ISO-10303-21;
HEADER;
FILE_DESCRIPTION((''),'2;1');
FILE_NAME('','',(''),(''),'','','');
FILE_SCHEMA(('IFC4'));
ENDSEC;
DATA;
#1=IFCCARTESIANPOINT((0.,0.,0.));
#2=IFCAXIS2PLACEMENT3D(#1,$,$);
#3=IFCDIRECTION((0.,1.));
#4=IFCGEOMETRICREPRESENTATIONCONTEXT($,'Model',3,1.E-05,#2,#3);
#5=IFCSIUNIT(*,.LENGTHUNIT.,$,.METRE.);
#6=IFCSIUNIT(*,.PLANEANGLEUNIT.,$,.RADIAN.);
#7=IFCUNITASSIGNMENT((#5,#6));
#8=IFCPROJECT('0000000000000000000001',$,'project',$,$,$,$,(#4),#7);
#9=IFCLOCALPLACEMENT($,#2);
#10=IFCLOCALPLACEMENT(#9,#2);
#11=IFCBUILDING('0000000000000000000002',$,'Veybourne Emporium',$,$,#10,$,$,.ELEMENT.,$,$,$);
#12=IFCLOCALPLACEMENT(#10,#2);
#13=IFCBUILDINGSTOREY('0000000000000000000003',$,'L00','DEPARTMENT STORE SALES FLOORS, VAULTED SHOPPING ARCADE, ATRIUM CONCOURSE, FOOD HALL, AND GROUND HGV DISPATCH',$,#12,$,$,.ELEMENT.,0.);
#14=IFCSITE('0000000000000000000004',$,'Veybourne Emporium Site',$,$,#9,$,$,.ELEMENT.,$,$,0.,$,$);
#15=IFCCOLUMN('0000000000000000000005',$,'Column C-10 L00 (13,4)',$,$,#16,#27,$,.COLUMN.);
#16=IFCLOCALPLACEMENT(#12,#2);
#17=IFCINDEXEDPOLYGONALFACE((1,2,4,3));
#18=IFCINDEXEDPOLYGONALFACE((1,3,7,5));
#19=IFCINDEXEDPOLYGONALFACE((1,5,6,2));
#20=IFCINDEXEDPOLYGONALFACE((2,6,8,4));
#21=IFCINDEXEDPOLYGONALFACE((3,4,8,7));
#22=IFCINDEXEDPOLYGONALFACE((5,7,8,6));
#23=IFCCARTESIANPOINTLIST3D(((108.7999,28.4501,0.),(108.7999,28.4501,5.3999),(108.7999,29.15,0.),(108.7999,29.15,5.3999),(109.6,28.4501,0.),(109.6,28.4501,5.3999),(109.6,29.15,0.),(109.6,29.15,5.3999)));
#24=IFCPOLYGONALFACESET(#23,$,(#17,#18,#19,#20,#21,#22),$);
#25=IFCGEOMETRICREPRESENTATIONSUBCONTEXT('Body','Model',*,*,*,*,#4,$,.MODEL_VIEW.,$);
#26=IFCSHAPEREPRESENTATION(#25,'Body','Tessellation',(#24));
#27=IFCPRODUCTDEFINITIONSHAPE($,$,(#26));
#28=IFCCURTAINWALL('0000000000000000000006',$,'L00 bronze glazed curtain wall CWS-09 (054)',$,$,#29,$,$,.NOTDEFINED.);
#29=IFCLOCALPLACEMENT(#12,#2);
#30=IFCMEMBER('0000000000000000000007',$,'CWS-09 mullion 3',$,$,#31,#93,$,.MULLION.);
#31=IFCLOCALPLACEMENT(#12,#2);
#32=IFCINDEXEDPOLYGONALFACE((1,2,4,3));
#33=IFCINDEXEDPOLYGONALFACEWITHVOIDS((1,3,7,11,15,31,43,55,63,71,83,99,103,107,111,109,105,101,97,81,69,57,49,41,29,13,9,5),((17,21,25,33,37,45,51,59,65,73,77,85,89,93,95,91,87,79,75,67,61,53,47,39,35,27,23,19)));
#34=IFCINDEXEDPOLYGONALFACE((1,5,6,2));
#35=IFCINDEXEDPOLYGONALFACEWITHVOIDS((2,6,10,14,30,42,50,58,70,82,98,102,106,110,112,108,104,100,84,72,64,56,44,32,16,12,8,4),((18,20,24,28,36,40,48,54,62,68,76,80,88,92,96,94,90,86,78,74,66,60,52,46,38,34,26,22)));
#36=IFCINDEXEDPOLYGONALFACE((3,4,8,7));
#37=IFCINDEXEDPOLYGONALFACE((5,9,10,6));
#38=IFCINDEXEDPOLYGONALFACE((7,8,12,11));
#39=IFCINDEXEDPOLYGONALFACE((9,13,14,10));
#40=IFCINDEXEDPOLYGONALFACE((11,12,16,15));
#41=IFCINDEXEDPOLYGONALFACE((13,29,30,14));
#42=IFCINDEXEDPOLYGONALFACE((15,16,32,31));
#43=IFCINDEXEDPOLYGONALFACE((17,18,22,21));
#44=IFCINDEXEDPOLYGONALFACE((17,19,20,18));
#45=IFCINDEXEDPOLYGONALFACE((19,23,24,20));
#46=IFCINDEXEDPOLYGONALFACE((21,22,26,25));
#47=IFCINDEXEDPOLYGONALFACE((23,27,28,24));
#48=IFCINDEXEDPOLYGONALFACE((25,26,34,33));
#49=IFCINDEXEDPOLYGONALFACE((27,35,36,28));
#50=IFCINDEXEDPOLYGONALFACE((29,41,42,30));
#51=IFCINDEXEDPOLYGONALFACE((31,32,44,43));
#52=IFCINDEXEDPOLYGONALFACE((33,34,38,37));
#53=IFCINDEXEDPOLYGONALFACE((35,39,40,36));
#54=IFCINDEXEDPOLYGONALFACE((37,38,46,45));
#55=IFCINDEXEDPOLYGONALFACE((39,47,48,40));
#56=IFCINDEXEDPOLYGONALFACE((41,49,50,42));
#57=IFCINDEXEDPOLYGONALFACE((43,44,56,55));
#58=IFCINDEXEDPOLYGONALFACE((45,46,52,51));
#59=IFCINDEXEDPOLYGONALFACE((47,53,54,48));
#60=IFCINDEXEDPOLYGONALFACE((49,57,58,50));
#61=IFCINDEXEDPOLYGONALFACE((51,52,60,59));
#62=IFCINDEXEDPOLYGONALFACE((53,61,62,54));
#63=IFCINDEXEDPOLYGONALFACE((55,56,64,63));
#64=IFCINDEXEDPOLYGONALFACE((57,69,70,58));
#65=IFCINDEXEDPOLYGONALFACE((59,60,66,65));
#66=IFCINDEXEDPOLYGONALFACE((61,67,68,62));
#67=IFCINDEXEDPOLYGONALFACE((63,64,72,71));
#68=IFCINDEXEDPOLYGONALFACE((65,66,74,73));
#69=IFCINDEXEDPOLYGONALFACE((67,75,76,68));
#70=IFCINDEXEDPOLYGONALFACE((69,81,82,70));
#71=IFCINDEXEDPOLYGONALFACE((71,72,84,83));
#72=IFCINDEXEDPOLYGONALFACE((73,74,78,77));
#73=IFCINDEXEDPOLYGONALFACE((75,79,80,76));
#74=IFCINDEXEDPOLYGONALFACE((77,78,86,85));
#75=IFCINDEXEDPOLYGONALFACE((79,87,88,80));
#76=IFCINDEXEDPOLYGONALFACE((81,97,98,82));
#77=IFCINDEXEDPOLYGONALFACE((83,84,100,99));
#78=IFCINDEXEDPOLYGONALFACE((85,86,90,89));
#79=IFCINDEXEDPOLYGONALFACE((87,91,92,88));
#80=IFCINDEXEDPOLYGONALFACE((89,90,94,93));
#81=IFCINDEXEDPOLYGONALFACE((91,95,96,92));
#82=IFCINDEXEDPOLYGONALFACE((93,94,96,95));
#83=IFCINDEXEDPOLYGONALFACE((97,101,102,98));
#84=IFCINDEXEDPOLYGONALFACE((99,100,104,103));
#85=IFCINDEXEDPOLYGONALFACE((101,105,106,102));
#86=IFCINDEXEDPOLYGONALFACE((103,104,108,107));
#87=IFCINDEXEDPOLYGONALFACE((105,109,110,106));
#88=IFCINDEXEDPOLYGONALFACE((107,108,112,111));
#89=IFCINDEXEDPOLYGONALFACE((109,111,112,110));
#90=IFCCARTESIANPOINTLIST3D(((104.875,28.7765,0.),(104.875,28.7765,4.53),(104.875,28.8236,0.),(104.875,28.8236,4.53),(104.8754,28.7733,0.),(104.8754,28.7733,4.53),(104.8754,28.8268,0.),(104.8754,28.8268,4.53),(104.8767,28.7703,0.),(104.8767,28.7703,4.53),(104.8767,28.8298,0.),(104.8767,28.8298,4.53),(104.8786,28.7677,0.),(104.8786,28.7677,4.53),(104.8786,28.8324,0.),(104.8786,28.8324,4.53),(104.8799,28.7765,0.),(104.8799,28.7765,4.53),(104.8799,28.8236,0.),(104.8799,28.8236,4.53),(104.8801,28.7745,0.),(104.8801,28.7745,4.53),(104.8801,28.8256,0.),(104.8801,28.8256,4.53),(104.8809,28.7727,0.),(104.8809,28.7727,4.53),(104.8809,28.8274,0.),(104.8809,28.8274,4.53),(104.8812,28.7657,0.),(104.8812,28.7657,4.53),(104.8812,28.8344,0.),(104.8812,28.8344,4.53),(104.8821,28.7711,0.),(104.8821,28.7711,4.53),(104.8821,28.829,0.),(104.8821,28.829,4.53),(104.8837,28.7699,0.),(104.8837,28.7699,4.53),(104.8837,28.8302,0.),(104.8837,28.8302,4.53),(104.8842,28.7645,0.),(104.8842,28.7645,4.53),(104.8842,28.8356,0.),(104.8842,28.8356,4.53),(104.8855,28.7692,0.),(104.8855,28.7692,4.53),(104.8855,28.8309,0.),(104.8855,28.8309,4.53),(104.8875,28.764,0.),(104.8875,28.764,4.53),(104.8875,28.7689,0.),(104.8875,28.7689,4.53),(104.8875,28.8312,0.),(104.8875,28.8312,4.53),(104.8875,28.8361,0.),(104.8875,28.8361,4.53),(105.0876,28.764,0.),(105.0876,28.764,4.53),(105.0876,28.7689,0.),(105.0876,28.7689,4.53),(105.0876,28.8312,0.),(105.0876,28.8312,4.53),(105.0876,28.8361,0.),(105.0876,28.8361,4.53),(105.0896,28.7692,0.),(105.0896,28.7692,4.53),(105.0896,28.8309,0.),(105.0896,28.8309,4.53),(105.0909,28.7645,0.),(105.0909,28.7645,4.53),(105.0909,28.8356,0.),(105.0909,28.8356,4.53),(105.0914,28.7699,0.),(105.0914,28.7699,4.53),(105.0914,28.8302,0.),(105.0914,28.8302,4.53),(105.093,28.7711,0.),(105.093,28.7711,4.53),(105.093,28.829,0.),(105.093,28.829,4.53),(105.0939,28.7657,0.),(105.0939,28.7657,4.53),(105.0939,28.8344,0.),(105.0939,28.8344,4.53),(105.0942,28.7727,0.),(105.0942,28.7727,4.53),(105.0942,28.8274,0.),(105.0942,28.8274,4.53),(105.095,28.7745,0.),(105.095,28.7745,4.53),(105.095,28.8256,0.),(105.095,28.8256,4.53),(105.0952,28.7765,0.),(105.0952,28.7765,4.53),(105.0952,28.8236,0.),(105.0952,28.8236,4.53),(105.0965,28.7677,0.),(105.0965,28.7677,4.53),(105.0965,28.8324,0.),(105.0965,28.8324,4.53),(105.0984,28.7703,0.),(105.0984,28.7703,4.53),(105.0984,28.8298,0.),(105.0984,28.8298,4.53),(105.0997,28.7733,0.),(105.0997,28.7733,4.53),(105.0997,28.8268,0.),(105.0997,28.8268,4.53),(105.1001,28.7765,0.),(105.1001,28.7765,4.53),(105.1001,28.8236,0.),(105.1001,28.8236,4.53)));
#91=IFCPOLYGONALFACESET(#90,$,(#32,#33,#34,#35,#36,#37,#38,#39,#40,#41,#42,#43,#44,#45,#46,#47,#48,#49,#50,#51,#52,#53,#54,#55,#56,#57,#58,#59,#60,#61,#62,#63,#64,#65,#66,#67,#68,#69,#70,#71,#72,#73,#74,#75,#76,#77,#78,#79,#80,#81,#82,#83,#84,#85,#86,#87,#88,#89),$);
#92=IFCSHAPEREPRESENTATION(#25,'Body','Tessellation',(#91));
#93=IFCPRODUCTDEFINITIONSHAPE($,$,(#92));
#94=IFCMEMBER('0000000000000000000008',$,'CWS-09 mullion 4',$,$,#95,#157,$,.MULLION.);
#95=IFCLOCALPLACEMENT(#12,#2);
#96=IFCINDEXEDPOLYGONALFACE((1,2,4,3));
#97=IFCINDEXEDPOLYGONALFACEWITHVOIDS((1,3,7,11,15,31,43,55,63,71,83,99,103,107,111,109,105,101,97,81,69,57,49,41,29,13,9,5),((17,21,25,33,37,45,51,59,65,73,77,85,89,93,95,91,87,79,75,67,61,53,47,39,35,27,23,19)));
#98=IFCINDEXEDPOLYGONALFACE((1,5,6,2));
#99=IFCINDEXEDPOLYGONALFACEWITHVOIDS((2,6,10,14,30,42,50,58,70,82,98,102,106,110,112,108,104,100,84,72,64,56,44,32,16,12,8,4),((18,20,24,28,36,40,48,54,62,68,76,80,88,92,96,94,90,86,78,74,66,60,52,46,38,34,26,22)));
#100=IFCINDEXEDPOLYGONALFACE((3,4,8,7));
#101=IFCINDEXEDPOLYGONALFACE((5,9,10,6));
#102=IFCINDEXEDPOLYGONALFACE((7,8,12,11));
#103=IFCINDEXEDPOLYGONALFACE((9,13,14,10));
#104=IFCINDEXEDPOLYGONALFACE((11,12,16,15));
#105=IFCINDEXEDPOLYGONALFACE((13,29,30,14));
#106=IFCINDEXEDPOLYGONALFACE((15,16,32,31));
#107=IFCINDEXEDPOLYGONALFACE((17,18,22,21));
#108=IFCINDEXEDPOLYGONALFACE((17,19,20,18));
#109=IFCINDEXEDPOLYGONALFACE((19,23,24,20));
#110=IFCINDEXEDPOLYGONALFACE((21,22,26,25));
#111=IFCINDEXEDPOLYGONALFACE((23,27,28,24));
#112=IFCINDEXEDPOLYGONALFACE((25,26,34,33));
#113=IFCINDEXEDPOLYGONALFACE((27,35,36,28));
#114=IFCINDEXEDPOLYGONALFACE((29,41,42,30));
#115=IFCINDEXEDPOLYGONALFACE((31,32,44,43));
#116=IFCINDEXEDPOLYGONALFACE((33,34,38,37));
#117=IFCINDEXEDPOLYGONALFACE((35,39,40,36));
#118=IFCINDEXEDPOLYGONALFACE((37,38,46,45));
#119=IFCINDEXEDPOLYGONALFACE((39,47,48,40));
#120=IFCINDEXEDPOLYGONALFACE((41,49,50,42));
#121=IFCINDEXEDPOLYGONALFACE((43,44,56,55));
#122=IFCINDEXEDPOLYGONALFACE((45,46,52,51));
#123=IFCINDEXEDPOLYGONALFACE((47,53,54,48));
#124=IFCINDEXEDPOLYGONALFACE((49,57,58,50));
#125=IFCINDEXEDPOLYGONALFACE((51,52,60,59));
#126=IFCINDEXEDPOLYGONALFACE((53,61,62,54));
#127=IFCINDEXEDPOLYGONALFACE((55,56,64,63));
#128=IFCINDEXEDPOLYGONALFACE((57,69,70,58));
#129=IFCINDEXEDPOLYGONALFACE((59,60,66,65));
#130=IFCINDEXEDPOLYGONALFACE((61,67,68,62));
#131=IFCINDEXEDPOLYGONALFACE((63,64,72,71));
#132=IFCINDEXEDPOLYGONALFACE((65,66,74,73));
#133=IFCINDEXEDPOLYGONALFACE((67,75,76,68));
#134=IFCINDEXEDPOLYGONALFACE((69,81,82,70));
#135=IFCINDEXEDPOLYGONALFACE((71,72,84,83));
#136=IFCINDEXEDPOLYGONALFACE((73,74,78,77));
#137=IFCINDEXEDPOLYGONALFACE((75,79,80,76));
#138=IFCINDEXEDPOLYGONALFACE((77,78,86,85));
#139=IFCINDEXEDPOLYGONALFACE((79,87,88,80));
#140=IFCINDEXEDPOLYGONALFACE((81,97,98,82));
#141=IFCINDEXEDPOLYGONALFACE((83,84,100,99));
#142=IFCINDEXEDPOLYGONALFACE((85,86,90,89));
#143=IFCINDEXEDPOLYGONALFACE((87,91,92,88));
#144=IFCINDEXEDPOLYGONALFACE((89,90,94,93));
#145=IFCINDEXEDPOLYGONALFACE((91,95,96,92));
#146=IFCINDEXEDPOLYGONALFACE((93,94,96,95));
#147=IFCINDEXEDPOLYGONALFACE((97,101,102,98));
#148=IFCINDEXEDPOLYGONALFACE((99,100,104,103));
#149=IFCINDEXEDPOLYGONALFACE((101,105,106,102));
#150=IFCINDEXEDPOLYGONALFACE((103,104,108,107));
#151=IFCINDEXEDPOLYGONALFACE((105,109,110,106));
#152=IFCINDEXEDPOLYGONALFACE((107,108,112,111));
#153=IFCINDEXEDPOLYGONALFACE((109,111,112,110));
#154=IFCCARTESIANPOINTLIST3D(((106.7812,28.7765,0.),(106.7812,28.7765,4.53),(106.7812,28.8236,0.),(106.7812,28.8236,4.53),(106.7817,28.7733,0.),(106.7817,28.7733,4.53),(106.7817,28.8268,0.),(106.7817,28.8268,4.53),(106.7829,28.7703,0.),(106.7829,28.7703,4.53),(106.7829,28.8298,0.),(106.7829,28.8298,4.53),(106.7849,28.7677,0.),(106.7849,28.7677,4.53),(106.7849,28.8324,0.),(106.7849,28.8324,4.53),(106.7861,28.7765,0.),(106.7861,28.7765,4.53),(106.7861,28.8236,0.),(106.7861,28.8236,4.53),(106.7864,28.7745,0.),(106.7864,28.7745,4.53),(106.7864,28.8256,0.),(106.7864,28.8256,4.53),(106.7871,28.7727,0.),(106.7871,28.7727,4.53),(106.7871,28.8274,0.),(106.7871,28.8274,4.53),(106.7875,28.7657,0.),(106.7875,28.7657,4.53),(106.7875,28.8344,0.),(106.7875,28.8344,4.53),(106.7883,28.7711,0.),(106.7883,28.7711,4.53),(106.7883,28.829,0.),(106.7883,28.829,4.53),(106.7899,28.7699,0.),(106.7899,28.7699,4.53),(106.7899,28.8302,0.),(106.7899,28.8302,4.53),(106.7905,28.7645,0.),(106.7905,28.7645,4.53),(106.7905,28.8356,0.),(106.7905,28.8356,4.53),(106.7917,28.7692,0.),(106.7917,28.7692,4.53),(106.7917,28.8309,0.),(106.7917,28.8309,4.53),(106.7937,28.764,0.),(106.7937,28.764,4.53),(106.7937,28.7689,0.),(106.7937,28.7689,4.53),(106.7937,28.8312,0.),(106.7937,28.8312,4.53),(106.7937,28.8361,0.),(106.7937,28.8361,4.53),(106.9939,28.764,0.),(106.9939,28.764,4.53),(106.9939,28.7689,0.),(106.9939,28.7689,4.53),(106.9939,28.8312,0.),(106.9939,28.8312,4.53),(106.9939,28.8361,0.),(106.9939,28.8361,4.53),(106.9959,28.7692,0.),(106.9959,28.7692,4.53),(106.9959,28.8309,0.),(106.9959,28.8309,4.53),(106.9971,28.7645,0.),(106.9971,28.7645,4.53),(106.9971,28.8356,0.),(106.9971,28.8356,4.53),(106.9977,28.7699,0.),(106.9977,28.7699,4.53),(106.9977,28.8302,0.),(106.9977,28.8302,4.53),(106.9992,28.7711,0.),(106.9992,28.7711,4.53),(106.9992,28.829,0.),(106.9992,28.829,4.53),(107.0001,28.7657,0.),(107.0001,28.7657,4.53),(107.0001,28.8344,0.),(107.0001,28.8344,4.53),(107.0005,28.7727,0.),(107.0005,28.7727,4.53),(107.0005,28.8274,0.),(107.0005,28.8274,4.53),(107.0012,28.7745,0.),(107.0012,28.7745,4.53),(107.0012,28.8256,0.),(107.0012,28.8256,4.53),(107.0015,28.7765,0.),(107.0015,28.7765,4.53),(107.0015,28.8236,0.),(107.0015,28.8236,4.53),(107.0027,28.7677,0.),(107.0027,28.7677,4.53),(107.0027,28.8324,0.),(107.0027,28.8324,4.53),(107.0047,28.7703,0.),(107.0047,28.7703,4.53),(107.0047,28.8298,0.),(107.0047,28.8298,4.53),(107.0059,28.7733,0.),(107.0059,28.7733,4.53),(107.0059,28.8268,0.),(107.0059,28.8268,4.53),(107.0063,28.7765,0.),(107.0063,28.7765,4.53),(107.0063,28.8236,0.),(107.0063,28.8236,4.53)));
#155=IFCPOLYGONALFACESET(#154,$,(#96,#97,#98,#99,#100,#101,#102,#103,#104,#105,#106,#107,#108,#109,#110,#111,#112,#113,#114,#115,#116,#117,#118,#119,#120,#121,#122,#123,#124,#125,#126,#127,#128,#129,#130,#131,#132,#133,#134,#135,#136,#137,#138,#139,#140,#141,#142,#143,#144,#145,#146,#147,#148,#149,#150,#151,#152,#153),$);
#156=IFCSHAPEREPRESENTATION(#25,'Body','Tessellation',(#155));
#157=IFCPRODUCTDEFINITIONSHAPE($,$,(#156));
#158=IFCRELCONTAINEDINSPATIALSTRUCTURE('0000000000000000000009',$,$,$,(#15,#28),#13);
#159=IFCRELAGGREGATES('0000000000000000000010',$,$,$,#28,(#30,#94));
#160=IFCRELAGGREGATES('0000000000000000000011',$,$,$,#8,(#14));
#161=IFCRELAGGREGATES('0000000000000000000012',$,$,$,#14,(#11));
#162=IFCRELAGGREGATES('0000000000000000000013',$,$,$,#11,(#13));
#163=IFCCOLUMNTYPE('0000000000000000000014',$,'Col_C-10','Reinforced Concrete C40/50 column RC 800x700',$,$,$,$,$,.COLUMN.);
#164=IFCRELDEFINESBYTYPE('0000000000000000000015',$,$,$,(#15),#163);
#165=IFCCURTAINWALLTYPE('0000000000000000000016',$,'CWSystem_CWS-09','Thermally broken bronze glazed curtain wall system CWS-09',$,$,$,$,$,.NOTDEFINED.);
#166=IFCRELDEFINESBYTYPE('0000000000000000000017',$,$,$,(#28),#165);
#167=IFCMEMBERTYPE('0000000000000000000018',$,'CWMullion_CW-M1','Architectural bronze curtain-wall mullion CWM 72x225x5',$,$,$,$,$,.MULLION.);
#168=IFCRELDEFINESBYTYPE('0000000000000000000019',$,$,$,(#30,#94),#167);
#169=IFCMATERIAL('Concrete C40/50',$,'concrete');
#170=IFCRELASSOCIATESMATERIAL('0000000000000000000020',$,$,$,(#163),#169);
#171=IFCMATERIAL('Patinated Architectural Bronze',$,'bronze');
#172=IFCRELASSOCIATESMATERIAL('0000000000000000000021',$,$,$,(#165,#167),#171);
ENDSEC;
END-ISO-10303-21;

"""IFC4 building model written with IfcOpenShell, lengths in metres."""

from ifc_helpers import new_model, si_unit, direction, frame, origin, origin_2d, place, context, subcontext, project, spatial, rectangle, hollow_rectangle, extrude, material, material_profile, profile_set, type_object, element, aggregate, save


model = new_model("IFC4")

# Units and contexts
model_context = context("Model", 3, precision=1e-05, world=origin(), true_north=direction((0.0, 1.0)))
body_context = subcontext(model_context, "Body", "Model", "MODEL_VIEW")
ifc_project = project(units=[si_unit("LENGTHUNIT", "METRE"), si_unit("PLANEANGLEUNIT", "RADIAN")], contexts=[model_context])

# Site, building, storey
site_placement = place(None, origin())
site = spatial("IfcSite", under=ifc_project, at=site_placement, Name="Veybourne Emporium Site", CompositionType="ELEMENT", RefElevation=0.0)
building_placement = place(site_placement, origin())
building = spatial("IfcBuilding", under=site, at=building_placement, Name="Veybourne Emporium", CompositionType="ELEMENT")
storey_placement = place(building_placement, origin())
storey = spatial("IfcBuildingStorey", under=building, at=storey_placement, Name="L00", Description="DEPARTMENT STORE SALES FLOORS, VAULTED SHOPPING ARCADE, ATRIUM CONCOURSE, FOOD HALL, AND GROUND HGV DISPATCH", CompositionType="ELEMENT", Elevation=0.0)

# Column
ifc_material_1 = material(Name="Concrete C40/50", Category="concrete")
ifc_material_profile_1 = material_profile(ifc_material_1, rectangle(XDim=0.8, YDim=0.7, at=origin_2d()), Name="RC 800x700")
ifc_profile_set_1 = profile_set([ifc_material_profile_1], Name="Concrete C40/50")
column_type = type_object("IfcColumnType", Name="Col_C-10", Description="Reinforced Concrete C40/50 column RC 800x700", PredefinedType="COLUMN", material=ifc_profile_set_1)
column_placement = place(storey_placement, frame((109.2, 28.8, 0.0), z_axis=(0.0, 0.0, 1.0), x_axis=(1.0, 0.0, 0.0)))
element("IfcColumn", 1, at=column_placement, inside=storey, type_object=column_type, Name="Column C-10 L00 (13,4)", PredefinedType="COLUMN", context=body_context, shape_type="SweptSolid", body=[
    extrude(rectangle(XDim=0.8, YDim=0.7, at=origin_2d()), origin(), (0.0, 0.0, 1.0), 5.3999),
])

# Curtain wall, members
ifc_material_2 = material(Name="Patinated Architectural Bronze", Category="bronze")
curtain_wall_type_1 = type_object("IfcCurtainWallType", Name="CWSystem_CWS-09", Description="Thermally broken bronze glazed curtain wall system CWS-09", PredefinedType="NOTDEFINED", material=ifc_material_2)
curtain_wall_1_placement = place(storey_placement, origin())
curtain_wall_1 = element("IfcCurtainWall", 2, at=curtain_wall_1_placement, inside=storey, type_object=curtain_wall_type_1, Name="L00 bronze glazed curtain wall CWS-09 (054)", PredefinedType="NOTDEFINED")
ifc_material_profile_2 = material_profile(ifc_material_2, hollow_rectangle(XDim=0.072, YDim=0.2251, WallThickness=0.0049, InnerFilletRadius=0.0076, OuterFilletRadius=0.0125, at=origin_2d()), Name="CWM 72x225x5")
ifc_profile_set_2 = profile_set([ifc_material_profile_2], Name="Patinated Architectural Bronze")
member_type_1 = type_object("IfcMemberType", Name="CWMullion_CW-M1", Description="Architectural bronze curtain-wall mullion CWM 72x225x5", PredefinedType="MULLION", material=ifc_profile_set_2)
member_1_placement = place(storey_placement, frame((104.9875, 28.8, 0.0), z_axis=(0.0, 0.0, 1.0), x_axis=(0.0, 1.0, 0.0)))
member_1 = element("IfcMember", 3, at=member_1_placement, type_object=member_type_1, Name="CWS-09 mullion 3", PredefinedType="MULLION", context=body_context, shape_type="SweptSolid", body=[
    extrude(hollow_rectangle(XDim=0.072, YDim=0.2251, WallThickness=0.0049, InnerFilletRadius=0.0076, OuterFilletRadius=0.0125, at=origin_2d()), origin(), (0.0, 0.0, 1.0), 4.53),
])
member_2_placement = place(storey_placement, frame((106.8938, 28.8, 0.0), z_axis=(0.0, 0.0, 1.0), x_axis=(0.0, 1.0, 0.0)))
member_2 = element("IfcMember", 4, at=member_2_placement, type_object=member_type_1, Name="CWS-09 mullion 4", PredefinedType="MULLION", context=body_context, shape_type="SweptSolid", body=[
    extrude(hollow_rectangle(XDim=0.072, YDim=0.2251, WallThickness=0.0049, InnerFilletRadius=0.0076, OuterFilletRadius=0.0125, at=origin_2d()), origin(), (0.0, 0.0, 1.0), 4.53),
])

aggregate(curtain_wall_1, [member_1, member_2])

save(model, "model.ifc")
